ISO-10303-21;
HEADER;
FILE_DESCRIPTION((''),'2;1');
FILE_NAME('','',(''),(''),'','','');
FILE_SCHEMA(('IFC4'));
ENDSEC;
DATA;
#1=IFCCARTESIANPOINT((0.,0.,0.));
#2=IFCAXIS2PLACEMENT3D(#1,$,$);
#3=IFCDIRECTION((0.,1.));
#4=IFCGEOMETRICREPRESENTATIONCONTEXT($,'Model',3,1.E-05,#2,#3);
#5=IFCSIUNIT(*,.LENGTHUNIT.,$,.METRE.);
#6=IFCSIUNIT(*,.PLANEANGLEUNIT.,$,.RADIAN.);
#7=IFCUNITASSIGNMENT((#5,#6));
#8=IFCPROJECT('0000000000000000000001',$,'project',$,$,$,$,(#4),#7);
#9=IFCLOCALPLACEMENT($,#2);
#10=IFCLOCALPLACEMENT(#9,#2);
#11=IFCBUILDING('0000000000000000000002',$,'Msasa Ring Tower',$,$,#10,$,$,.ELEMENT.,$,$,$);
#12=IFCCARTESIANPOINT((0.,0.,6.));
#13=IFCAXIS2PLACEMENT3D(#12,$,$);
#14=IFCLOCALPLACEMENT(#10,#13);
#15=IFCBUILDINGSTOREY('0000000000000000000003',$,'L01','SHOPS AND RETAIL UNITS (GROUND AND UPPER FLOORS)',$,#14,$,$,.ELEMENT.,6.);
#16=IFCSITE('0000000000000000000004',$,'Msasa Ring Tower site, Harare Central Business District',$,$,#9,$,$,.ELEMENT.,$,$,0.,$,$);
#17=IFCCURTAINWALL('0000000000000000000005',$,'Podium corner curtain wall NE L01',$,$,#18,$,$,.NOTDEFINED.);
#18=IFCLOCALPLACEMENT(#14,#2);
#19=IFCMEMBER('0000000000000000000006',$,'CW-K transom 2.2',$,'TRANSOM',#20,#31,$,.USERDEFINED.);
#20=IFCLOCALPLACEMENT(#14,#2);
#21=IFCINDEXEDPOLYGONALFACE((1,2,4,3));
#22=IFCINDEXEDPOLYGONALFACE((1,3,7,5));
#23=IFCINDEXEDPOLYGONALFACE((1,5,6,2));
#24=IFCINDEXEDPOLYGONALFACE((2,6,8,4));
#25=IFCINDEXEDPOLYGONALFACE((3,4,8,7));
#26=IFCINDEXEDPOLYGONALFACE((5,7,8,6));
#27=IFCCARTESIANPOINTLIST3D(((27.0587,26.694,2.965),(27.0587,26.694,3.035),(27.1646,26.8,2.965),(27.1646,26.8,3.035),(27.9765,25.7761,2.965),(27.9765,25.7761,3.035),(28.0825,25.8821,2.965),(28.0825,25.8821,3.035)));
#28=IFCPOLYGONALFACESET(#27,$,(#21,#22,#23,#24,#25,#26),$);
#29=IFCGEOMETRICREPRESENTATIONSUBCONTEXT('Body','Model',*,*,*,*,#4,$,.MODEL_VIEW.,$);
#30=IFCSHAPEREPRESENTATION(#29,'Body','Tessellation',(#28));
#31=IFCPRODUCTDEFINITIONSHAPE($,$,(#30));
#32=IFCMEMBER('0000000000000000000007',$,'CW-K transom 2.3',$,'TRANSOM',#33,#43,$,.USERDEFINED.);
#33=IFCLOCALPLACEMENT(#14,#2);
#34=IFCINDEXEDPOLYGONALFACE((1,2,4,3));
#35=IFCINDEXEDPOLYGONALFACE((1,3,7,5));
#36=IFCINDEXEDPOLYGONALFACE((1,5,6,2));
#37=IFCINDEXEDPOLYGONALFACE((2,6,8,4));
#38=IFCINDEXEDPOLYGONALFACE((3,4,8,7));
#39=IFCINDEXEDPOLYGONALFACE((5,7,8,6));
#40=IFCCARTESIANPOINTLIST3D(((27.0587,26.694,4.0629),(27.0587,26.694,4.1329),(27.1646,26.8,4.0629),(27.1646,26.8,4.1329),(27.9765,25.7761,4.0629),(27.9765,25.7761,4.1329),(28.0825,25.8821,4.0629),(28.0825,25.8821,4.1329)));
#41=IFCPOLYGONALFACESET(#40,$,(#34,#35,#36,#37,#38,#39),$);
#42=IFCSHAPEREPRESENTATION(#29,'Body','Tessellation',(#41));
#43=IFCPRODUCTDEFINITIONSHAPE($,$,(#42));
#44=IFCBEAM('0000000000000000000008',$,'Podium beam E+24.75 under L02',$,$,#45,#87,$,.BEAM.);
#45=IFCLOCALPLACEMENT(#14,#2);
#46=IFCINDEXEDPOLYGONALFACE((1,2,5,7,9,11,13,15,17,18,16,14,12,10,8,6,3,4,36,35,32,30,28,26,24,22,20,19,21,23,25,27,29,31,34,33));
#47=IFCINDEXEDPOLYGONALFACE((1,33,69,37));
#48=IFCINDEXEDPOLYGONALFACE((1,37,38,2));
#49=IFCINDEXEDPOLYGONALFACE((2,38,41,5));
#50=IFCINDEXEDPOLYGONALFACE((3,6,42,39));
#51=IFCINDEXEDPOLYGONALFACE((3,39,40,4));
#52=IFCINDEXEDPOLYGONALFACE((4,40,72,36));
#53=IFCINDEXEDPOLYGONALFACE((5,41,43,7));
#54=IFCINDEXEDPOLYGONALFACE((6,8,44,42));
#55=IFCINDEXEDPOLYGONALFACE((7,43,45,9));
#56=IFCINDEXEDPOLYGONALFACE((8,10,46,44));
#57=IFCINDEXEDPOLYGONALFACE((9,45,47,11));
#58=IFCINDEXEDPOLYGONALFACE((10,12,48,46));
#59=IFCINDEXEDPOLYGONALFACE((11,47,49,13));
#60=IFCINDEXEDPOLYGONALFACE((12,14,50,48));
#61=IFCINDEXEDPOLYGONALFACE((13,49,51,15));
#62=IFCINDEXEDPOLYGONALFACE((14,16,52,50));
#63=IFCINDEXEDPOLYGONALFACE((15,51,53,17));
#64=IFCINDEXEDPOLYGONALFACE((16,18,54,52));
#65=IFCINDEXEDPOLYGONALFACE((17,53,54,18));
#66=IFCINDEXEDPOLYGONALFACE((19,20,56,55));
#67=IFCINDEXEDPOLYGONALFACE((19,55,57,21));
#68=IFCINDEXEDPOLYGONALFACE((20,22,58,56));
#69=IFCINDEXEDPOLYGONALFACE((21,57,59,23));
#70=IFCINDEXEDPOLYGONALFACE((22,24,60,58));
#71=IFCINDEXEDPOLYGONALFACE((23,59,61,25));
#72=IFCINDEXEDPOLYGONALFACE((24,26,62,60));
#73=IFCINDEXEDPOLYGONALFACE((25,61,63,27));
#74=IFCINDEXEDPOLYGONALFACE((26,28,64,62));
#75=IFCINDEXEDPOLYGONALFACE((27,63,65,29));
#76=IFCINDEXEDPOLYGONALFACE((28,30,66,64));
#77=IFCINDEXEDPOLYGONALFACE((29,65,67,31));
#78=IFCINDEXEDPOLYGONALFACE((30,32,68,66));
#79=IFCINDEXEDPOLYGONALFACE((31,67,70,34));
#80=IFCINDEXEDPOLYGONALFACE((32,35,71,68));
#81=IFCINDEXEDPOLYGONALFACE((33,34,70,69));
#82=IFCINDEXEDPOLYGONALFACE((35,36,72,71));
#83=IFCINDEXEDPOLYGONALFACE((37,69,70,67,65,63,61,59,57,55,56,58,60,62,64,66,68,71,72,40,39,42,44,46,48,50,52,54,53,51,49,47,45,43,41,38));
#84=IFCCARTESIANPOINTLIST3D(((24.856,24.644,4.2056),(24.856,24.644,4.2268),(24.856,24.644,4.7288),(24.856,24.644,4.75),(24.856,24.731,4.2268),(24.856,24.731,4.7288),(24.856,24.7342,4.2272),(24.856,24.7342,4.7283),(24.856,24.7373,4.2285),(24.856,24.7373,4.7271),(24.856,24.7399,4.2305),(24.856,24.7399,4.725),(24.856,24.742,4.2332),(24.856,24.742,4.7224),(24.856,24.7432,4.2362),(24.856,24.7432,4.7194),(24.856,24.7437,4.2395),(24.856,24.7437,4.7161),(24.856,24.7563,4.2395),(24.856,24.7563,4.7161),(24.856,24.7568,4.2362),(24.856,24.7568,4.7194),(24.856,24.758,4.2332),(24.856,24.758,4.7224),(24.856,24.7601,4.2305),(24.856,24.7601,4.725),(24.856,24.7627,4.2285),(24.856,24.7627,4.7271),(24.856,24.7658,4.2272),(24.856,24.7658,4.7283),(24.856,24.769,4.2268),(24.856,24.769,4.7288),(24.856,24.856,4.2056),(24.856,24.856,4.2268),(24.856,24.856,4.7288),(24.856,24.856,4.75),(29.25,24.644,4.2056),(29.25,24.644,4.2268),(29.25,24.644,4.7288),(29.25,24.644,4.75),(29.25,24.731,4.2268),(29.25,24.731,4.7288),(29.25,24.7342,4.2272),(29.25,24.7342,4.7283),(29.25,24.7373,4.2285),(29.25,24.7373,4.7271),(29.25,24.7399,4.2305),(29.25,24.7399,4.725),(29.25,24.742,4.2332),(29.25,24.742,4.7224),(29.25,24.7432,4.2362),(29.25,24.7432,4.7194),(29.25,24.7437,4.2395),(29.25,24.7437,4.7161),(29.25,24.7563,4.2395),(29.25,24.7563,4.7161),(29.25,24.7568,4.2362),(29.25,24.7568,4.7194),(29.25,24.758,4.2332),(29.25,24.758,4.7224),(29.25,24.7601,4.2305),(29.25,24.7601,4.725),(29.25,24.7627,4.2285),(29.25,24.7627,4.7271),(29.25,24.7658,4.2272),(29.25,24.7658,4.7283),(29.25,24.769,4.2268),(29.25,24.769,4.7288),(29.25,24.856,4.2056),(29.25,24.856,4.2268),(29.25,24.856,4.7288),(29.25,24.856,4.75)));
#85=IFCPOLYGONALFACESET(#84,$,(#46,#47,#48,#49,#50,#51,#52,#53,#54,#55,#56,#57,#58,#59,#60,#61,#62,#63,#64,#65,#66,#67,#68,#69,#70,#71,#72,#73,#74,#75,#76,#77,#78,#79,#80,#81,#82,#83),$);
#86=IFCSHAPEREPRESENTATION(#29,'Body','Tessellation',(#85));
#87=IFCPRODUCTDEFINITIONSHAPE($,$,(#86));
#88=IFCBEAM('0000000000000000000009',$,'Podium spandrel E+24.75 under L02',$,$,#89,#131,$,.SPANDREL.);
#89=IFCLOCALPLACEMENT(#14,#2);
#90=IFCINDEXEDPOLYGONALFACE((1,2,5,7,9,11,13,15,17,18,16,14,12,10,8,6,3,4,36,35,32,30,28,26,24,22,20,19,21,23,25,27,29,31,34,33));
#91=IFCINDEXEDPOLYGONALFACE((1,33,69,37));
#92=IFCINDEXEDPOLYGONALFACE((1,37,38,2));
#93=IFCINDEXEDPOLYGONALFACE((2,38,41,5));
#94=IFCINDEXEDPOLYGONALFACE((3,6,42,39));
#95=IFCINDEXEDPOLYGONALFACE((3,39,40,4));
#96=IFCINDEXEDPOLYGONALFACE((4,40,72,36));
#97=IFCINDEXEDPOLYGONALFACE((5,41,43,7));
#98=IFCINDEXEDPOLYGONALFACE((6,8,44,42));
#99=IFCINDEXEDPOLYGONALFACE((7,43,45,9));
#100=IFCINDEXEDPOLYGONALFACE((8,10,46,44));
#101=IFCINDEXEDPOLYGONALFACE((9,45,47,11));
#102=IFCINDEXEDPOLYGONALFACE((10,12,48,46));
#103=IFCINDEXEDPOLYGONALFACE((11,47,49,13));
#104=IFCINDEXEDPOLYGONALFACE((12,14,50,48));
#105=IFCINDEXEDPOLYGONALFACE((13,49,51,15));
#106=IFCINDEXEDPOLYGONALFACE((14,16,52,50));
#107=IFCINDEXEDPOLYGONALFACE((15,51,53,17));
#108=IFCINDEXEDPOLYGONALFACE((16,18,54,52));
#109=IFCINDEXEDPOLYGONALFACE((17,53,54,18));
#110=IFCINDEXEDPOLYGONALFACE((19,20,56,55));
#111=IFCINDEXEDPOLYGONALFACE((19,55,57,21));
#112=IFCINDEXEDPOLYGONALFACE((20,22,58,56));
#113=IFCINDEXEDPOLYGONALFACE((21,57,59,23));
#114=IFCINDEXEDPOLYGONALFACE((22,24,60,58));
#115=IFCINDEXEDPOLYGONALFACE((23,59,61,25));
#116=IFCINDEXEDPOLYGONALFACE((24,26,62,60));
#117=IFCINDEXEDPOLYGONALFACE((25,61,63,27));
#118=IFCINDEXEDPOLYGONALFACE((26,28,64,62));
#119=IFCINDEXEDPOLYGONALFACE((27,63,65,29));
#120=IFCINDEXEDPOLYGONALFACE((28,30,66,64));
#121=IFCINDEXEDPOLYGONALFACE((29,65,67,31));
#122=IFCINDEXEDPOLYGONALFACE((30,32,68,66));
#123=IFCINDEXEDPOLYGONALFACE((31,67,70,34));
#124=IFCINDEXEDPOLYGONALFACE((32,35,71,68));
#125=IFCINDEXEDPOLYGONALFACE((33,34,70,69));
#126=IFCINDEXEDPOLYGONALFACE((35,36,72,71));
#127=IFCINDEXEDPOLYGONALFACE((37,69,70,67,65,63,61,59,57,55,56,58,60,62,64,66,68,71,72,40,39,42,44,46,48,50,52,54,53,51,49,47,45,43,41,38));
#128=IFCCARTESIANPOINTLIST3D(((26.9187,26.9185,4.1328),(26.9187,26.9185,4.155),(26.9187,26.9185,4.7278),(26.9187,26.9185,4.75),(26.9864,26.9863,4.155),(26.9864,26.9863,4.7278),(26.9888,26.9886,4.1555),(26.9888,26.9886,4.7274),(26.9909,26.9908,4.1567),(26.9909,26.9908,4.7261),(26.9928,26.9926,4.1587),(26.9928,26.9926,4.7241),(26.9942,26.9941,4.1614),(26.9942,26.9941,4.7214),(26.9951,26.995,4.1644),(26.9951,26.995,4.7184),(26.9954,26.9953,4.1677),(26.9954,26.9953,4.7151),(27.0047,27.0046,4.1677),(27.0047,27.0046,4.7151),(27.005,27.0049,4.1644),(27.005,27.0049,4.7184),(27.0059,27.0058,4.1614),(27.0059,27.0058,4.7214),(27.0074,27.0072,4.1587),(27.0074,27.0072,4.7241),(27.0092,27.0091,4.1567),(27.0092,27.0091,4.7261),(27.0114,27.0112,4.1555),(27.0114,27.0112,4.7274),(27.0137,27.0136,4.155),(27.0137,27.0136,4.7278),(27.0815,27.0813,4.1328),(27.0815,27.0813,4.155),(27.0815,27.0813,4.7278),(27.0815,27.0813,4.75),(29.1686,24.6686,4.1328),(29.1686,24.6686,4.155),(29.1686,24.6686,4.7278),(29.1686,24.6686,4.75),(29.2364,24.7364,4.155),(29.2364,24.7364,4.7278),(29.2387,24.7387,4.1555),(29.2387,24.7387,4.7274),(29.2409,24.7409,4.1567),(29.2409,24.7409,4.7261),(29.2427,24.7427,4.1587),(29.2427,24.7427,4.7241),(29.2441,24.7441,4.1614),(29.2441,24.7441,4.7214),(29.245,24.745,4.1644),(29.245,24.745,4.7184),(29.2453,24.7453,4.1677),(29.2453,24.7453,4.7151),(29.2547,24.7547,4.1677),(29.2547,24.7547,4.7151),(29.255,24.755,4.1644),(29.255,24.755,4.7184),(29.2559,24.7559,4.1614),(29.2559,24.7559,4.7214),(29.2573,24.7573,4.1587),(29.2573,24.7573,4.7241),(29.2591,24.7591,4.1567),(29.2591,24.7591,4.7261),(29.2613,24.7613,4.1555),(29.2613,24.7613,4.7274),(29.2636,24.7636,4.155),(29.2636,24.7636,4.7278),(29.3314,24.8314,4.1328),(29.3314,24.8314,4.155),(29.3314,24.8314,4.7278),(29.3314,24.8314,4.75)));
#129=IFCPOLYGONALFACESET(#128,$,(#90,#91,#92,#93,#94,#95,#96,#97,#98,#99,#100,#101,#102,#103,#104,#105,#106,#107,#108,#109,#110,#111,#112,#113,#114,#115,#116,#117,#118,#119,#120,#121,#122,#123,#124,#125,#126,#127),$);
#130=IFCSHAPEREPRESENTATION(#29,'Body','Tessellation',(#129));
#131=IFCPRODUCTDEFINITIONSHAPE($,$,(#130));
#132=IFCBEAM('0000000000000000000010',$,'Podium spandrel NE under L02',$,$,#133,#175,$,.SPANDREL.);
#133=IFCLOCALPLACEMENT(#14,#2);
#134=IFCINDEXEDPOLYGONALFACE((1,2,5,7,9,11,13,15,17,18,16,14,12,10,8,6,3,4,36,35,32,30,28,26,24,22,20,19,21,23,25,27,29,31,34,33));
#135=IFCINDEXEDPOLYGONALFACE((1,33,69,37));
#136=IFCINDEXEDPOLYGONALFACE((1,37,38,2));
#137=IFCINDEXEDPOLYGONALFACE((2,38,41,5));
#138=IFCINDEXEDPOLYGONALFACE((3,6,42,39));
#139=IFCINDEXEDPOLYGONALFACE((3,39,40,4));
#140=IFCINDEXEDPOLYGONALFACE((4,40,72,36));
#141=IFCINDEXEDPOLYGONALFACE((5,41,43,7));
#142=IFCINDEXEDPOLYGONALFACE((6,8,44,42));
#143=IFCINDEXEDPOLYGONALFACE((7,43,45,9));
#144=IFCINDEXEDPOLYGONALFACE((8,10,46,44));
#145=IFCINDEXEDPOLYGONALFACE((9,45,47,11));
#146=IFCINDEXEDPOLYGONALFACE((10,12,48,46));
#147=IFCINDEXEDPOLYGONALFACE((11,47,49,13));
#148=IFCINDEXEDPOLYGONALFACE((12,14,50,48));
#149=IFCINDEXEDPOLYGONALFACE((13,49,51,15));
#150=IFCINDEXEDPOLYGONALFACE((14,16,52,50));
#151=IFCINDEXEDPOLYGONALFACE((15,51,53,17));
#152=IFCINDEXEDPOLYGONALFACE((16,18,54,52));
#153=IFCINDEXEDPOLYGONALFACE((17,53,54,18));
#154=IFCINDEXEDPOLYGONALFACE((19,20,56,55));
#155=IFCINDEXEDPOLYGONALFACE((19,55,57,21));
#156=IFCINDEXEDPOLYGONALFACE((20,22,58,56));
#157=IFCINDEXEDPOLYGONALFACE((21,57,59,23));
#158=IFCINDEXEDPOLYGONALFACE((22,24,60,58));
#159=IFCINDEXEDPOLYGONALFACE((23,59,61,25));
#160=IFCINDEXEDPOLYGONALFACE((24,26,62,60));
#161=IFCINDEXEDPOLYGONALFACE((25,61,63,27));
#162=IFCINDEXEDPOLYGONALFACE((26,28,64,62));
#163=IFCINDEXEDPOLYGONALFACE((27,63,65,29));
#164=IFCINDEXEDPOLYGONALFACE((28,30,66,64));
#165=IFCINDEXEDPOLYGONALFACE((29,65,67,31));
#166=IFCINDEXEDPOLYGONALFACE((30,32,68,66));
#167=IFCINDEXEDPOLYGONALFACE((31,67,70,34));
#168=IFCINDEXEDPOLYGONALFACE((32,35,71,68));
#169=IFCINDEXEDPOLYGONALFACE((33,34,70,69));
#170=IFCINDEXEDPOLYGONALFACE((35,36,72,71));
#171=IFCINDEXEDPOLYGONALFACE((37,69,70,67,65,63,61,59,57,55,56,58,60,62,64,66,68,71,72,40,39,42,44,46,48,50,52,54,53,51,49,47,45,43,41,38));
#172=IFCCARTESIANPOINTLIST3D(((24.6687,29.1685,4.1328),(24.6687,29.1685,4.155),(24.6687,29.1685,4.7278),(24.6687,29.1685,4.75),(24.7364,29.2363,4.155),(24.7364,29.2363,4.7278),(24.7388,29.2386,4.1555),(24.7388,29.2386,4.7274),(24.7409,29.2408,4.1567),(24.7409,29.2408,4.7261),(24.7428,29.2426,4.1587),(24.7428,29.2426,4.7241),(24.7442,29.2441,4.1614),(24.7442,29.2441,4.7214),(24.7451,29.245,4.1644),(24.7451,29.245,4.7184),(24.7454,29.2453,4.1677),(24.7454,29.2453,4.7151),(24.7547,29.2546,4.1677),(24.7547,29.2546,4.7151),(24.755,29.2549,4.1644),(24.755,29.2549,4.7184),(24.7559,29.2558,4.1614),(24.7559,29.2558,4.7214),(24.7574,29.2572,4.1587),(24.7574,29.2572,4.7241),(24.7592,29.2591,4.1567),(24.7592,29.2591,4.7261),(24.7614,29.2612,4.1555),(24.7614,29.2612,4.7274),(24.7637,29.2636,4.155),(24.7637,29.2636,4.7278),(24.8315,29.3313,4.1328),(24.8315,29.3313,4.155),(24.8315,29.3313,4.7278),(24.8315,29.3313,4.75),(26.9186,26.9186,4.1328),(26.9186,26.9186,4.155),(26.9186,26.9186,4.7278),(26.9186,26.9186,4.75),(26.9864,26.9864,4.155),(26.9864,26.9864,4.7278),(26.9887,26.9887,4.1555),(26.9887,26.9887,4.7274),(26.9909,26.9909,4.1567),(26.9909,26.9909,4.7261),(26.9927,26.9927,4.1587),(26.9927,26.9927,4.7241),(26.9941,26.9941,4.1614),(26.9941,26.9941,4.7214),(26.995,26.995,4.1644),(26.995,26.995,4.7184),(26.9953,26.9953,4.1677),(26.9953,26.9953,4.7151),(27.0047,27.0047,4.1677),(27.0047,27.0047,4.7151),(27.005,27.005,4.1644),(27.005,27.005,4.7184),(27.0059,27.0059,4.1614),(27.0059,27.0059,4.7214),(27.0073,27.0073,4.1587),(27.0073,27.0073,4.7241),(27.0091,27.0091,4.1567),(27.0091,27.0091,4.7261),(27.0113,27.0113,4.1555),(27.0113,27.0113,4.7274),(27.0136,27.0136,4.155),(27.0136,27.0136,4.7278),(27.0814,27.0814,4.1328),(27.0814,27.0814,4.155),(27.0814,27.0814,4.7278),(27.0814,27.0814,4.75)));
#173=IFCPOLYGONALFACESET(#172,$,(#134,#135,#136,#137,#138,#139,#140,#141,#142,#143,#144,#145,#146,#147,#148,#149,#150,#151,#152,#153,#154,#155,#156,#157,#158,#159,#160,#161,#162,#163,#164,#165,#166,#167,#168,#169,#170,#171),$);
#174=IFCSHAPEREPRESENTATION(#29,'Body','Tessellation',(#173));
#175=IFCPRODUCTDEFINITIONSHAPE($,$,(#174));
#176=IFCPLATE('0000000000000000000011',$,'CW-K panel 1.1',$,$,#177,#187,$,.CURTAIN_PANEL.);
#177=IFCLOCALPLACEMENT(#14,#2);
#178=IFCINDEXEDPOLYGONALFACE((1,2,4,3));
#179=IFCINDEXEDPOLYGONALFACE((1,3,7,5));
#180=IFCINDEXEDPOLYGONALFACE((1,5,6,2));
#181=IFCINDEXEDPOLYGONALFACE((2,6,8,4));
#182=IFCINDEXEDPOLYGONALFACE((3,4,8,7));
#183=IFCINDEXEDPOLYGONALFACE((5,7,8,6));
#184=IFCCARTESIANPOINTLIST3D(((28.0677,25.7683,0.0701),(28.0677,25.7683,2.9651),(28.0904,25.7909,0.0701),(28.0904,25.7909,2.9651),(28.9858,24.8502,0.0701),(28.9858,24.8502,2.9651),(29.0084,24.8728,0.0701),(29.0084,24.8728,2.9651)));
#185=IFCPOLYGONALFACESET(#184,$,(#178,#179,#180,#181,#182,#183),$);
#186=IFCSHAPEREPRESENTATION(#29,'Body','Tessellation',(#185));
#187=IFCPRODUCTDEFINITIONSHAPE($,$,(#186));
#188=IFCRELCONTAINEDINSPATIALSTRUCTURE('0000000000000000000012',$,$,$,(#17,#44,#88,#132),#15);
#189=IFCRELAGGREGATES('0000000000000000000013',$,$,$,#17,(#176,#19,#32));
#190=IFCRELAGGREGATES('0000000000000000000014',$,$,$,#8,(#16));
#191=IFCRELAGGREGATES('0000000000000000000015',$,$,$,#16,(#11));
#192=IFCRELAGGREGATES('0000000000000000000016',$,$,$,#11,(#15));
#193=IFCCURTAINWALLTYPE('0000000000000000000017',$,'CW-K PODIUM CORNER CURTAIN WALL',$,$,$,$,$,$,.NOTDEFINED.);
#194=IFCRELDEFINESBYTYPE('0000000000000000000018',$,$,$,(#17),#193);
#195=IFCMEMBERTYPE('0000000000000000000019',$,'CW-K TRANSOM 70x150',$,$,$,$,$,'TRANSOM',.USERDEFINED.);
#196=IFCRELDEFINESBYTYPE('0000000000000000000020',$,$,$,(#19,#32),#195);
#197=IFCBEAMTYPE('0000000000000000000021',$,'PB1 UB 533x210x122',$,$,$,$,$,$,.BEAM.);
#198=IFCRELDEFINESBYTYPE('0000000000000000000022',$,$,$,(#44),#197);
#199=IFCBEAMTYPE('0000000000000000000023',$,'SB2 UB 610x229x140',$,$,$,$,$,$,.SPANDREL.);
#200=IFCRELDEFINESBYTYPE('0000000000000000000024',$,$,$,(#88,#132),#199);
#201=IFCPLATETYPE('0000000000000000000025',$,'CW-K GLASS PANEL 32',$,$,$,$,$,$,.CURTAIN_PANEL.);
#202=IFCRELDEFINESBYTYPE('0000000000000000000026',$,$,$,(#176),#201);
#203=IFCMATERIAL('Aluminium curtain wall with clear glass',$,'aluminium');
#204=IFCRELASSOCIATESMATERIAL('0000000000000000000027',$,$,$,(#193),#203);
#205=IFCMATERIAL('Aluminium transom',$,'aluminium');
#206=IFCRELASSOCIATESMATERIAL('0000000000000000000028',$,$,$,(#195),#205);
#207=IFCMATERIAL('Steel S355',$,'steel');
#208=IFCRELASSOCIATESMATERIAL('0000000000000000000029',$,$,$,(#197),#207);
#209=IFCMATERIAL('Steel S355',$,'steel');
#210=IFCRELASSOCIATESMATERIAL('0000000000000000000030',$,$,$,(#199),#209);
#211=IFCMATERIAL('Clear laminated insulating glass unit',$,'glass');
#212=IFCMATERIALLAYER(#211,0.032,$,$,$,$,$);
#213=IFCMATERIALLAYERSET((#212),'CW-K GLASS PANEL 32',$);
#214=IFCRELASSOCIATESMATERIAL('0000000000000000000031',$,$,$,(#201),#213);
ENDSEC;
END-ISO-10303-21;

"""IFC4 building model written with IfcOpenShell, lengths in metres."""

from ifc_helpers import new_model, si_unit, direction, frame, origin, origin_2d, place, context, subcontext, project, spatial, rectangle, i_section, extrude, material, layer, layer_set, material_profile, profile_set, type_object, element, aggregate, save


model = new_model("IFC4")

# Units and contexts
model_context = context("Model", 3, precision=1e-05, world=origin(), true_north=direction((0.0, 1.0)))
body_context = subcontext(model_context, "Body", "Model", "MODEL_VIEW")
ifc_project = project(units=[si_unit("LENGTHUNIT", "METRE"), si_unit("PLANEANGLEUNIT", "RADIAN")], contexts=[model_context])

# Site, building, storey
site_placement = place(None, origin())
site = spatial("IfcSite", under=ifc_project, at=site_placement, Name="Msasa Ring Tower site, Harare Central Business District", CompositionType="ELEMENT", RefElevation=0.0)
building_placement = place(site_placement, origin())
building = spatial("IfcBuilding", under=site, at=building_placement, Name="Msasa Ring Tower", CompositionType="ELEMENT")
storey_placement = place(building_placement, frame((0.0, 0.0, 6.0)))
storey = spatial("IfcBuildingStorey", under=building, at=storey_placement, Name="L01", Description="SHOPS AND RETAIL UNITS (GROUND AND UPPER FLOORS)", CompositionType="ELEMENT", Elevation=6.0)

# Curtain wall, members
ifc_material_1 = material(Name="Aluminium curtain wall with clear glass", Category="aluminium")
curtain_wall_type = type_object("IfcCurtainWallType", Name="CW-K PODIUM CORNER CURTAIN WALL", PredefinedType="NOTDEFINED", material=ifc_material_1)
curtain_wall_placement = place(storey_placement, origin())
curtain_wall = element("IfcCurtainWall", 1, at=curtain_wall_placement, inside=storey, type_object=curtain_wall_type, Name="Podium corner curtain wall NE L01", PredefinedType="NOTDEFINED")
ifc_material_2 = material(Name="Aluminium transom", Category="aluminium")
ifc_material_profile_1 = material_profile(ifc_material_2, rectangle(XDim=0.1499, YDim=0.0701, at=origin_2d()), Name="AL 70x150")
ifc_profile_set_1 = profile_set([ifc_material_profile_1], Name="Aluminium transom")
member_type_1 = type_object("IfcMemberType", Name="CW-K TRANSOM 70x150", ElementType="TRANSOM", PredefinedType="USERDEFINED", material=ifc_profile_set_1)
member_1_placement = place(storey_placement, frame((28.0295, 25.8291, 3.0), z_axis=(-0.707107, 0.707107, 0.0), x_axis=(-0.707107, -0.707107, 0.0)))
member_1 = element("IfcMember", 2, at=member_1_placement, type_object=member_type_1, Name="CW-K transom 2.2", ObjectType="TRANSOM", PredefinedType="USERDEFINED", context=body_context, shape_type="SweptSolid", body=[
    extrude(rectangle(XDim=0.1499, YDim=0.0701, at=origin_2d()), origin(), (0.0, 0.0, 1.0), 1.2981),
])
member_2_placement = place(storey_placement, frame((28.0295, 25.8291, 4.0979), z_axis=(-0.707107, 0.707107, 0.0), x_axis=(-0.707107, -0.707107, 0.0)))
member_2 = element("IfcMember", 3, at=member_2_placement, type_object=member_type_1, Name="CW-K transom 2.3", ObjectType="TRANSOM", PredefinedType="USERDEFINED", context=body_context, shape_type="SweptSolid", body=[
    extrude(rectangle(XDim=0.1499, YDim=0.0701, at=origin_2d()), origin(), (0.0, 0.0, 1.0), 1.2981),
])

# Beams
ifc_material_3 = material(Name="Steel S355", Category="steel")
ifc_material_profile_2 = material_profile(ifc_material_3, i_section(OverallWidth=0.2119, OverallDepth=0.5444, WebThickness=0.0127, FlangeThickness=0.0212, FilletRadius=0.0127, at=origin_2d()), Name="UB 533x210x122")
ifc_profile_set_2 = profile_set([ifc_material_profile_2], Name="Steel S355")
beam_type_1 = type_object("IfcBeamType", Name="PB1 UB 533x210x122", PredefinedType="BEAM", material=ifc_profile_set_2)
beam_placement = place(storey_placement, frame((29.25, 24.75, 4.4778), z_axis=(-1.0, 0.0, 0.0), x_axis=(0.0, -1.0, 0.0)))
element("IfcBeam", 4, at=beam_placement, inside=storey, type_object=beam_type_1, Name="Podium beam E+24.75 under L02", PredefinedType="BEAM", context=body_context, shape_type="SweptSolid", body=[
    extrude(i_section(OverallWidth=0.2119, OverallDepth=0.5444, WebThickness=0.0127, FlangeThickness=0.0212, FilletRadius=0.0127, at=origin_2d()), origin(), (0.0, 0.0, 1.0), 4.394),
])
ifc_material_4 = material(Name="Steel S355", Category="steel")
ifc_material_profile_3 = material_profile(ifc_material_4, i_section(OverallWidth=0.2302, OverallDepth=0.6172, WebThickness=0.0132, FlangeThickness=0.0222, FilletRadius=0.0127, at=origin_2d()), Name="UB 610x229x140")
ifc_profile_set_3 = profile_set([ifc_material_profile_3], Name="Steel S355")
beam_type_2 = type_object("IfcBeamType", Name="SB2 UB 610x229x140", PredefinedType="SPANDREL", material=ifc_profile_set_3)
for number, where, z_axis, x_axis, name in (
    (5, (29.25, 24.75, 4.4414), (-0.707107, 0.707107, 0.0), (-0.707107, -0.707107, 0.0), "Podium spandrel E+24.75 under L02"),
    (6, (27.0, 27.0, 4.4414), (-0.707107, 0.707107, 0.0), (-0.707107, -0.707107, 0.0), "Podium spandrel NE under L02"),
):
    element("IfcBeam", number, at=place(storey_placement, frame(where, z_axis=z_axis, x_axis=x_axis)), inside=storey, type_object=beam_type_2, Name=name, PredefinedType="SPANDREL", context=body_context, shape_type="SweptSolid", body=[
        extrude(i_section(OverallWidth=0.2302, OverallDepth=0.6172, WebThickness=0.0132, FlangeThickness=0.0222, FilletRadius=0.0127, at=origin_2d()), origin(), (0.0, 0.0, 1.0), 3.1819),
    ])

# Plate
ifc_material_5 = material(Name="Clear laminated insulating glass unit", Category="glass")
ifc_layer_1 = layer(ifc_material_5, 0.032)
ifc_layer_set_1 = layer_set([ifc_layer_1], Name="CW-K GLASS PANEL 32")
plate_type = type_object("IfcPlateType", Name="CW-K GLASS PANEL 32", PredefinedType="CURTAIN_PANEL", material=ifc_layer_set_1)
plate_1_placement = place(storey_placement, frame((28.5381, 25.3206, 0.0701), z_axis=(0.0, 0.0, 1.0), x_axis=(-0.707107, 0.707107, 0.0)))
plate_1 = element("IfcPlate", 7, at=plate_1_placement, type_object=plate_type, Name="CW-K panel 1.1", PredefinedType="CURTAIN_PANEL", context=body_context, shape_type="SweptSolid", body=[
    extrude(rectangle(XDim=1.2983, YDim=0.032, at=origin_2d()), origin(), (0.0, 0.0, 1.0), 2.895),
])
aggregate(curtain_wall, [plate_1, member_1, member_2])

save(model, "model.ifc")
